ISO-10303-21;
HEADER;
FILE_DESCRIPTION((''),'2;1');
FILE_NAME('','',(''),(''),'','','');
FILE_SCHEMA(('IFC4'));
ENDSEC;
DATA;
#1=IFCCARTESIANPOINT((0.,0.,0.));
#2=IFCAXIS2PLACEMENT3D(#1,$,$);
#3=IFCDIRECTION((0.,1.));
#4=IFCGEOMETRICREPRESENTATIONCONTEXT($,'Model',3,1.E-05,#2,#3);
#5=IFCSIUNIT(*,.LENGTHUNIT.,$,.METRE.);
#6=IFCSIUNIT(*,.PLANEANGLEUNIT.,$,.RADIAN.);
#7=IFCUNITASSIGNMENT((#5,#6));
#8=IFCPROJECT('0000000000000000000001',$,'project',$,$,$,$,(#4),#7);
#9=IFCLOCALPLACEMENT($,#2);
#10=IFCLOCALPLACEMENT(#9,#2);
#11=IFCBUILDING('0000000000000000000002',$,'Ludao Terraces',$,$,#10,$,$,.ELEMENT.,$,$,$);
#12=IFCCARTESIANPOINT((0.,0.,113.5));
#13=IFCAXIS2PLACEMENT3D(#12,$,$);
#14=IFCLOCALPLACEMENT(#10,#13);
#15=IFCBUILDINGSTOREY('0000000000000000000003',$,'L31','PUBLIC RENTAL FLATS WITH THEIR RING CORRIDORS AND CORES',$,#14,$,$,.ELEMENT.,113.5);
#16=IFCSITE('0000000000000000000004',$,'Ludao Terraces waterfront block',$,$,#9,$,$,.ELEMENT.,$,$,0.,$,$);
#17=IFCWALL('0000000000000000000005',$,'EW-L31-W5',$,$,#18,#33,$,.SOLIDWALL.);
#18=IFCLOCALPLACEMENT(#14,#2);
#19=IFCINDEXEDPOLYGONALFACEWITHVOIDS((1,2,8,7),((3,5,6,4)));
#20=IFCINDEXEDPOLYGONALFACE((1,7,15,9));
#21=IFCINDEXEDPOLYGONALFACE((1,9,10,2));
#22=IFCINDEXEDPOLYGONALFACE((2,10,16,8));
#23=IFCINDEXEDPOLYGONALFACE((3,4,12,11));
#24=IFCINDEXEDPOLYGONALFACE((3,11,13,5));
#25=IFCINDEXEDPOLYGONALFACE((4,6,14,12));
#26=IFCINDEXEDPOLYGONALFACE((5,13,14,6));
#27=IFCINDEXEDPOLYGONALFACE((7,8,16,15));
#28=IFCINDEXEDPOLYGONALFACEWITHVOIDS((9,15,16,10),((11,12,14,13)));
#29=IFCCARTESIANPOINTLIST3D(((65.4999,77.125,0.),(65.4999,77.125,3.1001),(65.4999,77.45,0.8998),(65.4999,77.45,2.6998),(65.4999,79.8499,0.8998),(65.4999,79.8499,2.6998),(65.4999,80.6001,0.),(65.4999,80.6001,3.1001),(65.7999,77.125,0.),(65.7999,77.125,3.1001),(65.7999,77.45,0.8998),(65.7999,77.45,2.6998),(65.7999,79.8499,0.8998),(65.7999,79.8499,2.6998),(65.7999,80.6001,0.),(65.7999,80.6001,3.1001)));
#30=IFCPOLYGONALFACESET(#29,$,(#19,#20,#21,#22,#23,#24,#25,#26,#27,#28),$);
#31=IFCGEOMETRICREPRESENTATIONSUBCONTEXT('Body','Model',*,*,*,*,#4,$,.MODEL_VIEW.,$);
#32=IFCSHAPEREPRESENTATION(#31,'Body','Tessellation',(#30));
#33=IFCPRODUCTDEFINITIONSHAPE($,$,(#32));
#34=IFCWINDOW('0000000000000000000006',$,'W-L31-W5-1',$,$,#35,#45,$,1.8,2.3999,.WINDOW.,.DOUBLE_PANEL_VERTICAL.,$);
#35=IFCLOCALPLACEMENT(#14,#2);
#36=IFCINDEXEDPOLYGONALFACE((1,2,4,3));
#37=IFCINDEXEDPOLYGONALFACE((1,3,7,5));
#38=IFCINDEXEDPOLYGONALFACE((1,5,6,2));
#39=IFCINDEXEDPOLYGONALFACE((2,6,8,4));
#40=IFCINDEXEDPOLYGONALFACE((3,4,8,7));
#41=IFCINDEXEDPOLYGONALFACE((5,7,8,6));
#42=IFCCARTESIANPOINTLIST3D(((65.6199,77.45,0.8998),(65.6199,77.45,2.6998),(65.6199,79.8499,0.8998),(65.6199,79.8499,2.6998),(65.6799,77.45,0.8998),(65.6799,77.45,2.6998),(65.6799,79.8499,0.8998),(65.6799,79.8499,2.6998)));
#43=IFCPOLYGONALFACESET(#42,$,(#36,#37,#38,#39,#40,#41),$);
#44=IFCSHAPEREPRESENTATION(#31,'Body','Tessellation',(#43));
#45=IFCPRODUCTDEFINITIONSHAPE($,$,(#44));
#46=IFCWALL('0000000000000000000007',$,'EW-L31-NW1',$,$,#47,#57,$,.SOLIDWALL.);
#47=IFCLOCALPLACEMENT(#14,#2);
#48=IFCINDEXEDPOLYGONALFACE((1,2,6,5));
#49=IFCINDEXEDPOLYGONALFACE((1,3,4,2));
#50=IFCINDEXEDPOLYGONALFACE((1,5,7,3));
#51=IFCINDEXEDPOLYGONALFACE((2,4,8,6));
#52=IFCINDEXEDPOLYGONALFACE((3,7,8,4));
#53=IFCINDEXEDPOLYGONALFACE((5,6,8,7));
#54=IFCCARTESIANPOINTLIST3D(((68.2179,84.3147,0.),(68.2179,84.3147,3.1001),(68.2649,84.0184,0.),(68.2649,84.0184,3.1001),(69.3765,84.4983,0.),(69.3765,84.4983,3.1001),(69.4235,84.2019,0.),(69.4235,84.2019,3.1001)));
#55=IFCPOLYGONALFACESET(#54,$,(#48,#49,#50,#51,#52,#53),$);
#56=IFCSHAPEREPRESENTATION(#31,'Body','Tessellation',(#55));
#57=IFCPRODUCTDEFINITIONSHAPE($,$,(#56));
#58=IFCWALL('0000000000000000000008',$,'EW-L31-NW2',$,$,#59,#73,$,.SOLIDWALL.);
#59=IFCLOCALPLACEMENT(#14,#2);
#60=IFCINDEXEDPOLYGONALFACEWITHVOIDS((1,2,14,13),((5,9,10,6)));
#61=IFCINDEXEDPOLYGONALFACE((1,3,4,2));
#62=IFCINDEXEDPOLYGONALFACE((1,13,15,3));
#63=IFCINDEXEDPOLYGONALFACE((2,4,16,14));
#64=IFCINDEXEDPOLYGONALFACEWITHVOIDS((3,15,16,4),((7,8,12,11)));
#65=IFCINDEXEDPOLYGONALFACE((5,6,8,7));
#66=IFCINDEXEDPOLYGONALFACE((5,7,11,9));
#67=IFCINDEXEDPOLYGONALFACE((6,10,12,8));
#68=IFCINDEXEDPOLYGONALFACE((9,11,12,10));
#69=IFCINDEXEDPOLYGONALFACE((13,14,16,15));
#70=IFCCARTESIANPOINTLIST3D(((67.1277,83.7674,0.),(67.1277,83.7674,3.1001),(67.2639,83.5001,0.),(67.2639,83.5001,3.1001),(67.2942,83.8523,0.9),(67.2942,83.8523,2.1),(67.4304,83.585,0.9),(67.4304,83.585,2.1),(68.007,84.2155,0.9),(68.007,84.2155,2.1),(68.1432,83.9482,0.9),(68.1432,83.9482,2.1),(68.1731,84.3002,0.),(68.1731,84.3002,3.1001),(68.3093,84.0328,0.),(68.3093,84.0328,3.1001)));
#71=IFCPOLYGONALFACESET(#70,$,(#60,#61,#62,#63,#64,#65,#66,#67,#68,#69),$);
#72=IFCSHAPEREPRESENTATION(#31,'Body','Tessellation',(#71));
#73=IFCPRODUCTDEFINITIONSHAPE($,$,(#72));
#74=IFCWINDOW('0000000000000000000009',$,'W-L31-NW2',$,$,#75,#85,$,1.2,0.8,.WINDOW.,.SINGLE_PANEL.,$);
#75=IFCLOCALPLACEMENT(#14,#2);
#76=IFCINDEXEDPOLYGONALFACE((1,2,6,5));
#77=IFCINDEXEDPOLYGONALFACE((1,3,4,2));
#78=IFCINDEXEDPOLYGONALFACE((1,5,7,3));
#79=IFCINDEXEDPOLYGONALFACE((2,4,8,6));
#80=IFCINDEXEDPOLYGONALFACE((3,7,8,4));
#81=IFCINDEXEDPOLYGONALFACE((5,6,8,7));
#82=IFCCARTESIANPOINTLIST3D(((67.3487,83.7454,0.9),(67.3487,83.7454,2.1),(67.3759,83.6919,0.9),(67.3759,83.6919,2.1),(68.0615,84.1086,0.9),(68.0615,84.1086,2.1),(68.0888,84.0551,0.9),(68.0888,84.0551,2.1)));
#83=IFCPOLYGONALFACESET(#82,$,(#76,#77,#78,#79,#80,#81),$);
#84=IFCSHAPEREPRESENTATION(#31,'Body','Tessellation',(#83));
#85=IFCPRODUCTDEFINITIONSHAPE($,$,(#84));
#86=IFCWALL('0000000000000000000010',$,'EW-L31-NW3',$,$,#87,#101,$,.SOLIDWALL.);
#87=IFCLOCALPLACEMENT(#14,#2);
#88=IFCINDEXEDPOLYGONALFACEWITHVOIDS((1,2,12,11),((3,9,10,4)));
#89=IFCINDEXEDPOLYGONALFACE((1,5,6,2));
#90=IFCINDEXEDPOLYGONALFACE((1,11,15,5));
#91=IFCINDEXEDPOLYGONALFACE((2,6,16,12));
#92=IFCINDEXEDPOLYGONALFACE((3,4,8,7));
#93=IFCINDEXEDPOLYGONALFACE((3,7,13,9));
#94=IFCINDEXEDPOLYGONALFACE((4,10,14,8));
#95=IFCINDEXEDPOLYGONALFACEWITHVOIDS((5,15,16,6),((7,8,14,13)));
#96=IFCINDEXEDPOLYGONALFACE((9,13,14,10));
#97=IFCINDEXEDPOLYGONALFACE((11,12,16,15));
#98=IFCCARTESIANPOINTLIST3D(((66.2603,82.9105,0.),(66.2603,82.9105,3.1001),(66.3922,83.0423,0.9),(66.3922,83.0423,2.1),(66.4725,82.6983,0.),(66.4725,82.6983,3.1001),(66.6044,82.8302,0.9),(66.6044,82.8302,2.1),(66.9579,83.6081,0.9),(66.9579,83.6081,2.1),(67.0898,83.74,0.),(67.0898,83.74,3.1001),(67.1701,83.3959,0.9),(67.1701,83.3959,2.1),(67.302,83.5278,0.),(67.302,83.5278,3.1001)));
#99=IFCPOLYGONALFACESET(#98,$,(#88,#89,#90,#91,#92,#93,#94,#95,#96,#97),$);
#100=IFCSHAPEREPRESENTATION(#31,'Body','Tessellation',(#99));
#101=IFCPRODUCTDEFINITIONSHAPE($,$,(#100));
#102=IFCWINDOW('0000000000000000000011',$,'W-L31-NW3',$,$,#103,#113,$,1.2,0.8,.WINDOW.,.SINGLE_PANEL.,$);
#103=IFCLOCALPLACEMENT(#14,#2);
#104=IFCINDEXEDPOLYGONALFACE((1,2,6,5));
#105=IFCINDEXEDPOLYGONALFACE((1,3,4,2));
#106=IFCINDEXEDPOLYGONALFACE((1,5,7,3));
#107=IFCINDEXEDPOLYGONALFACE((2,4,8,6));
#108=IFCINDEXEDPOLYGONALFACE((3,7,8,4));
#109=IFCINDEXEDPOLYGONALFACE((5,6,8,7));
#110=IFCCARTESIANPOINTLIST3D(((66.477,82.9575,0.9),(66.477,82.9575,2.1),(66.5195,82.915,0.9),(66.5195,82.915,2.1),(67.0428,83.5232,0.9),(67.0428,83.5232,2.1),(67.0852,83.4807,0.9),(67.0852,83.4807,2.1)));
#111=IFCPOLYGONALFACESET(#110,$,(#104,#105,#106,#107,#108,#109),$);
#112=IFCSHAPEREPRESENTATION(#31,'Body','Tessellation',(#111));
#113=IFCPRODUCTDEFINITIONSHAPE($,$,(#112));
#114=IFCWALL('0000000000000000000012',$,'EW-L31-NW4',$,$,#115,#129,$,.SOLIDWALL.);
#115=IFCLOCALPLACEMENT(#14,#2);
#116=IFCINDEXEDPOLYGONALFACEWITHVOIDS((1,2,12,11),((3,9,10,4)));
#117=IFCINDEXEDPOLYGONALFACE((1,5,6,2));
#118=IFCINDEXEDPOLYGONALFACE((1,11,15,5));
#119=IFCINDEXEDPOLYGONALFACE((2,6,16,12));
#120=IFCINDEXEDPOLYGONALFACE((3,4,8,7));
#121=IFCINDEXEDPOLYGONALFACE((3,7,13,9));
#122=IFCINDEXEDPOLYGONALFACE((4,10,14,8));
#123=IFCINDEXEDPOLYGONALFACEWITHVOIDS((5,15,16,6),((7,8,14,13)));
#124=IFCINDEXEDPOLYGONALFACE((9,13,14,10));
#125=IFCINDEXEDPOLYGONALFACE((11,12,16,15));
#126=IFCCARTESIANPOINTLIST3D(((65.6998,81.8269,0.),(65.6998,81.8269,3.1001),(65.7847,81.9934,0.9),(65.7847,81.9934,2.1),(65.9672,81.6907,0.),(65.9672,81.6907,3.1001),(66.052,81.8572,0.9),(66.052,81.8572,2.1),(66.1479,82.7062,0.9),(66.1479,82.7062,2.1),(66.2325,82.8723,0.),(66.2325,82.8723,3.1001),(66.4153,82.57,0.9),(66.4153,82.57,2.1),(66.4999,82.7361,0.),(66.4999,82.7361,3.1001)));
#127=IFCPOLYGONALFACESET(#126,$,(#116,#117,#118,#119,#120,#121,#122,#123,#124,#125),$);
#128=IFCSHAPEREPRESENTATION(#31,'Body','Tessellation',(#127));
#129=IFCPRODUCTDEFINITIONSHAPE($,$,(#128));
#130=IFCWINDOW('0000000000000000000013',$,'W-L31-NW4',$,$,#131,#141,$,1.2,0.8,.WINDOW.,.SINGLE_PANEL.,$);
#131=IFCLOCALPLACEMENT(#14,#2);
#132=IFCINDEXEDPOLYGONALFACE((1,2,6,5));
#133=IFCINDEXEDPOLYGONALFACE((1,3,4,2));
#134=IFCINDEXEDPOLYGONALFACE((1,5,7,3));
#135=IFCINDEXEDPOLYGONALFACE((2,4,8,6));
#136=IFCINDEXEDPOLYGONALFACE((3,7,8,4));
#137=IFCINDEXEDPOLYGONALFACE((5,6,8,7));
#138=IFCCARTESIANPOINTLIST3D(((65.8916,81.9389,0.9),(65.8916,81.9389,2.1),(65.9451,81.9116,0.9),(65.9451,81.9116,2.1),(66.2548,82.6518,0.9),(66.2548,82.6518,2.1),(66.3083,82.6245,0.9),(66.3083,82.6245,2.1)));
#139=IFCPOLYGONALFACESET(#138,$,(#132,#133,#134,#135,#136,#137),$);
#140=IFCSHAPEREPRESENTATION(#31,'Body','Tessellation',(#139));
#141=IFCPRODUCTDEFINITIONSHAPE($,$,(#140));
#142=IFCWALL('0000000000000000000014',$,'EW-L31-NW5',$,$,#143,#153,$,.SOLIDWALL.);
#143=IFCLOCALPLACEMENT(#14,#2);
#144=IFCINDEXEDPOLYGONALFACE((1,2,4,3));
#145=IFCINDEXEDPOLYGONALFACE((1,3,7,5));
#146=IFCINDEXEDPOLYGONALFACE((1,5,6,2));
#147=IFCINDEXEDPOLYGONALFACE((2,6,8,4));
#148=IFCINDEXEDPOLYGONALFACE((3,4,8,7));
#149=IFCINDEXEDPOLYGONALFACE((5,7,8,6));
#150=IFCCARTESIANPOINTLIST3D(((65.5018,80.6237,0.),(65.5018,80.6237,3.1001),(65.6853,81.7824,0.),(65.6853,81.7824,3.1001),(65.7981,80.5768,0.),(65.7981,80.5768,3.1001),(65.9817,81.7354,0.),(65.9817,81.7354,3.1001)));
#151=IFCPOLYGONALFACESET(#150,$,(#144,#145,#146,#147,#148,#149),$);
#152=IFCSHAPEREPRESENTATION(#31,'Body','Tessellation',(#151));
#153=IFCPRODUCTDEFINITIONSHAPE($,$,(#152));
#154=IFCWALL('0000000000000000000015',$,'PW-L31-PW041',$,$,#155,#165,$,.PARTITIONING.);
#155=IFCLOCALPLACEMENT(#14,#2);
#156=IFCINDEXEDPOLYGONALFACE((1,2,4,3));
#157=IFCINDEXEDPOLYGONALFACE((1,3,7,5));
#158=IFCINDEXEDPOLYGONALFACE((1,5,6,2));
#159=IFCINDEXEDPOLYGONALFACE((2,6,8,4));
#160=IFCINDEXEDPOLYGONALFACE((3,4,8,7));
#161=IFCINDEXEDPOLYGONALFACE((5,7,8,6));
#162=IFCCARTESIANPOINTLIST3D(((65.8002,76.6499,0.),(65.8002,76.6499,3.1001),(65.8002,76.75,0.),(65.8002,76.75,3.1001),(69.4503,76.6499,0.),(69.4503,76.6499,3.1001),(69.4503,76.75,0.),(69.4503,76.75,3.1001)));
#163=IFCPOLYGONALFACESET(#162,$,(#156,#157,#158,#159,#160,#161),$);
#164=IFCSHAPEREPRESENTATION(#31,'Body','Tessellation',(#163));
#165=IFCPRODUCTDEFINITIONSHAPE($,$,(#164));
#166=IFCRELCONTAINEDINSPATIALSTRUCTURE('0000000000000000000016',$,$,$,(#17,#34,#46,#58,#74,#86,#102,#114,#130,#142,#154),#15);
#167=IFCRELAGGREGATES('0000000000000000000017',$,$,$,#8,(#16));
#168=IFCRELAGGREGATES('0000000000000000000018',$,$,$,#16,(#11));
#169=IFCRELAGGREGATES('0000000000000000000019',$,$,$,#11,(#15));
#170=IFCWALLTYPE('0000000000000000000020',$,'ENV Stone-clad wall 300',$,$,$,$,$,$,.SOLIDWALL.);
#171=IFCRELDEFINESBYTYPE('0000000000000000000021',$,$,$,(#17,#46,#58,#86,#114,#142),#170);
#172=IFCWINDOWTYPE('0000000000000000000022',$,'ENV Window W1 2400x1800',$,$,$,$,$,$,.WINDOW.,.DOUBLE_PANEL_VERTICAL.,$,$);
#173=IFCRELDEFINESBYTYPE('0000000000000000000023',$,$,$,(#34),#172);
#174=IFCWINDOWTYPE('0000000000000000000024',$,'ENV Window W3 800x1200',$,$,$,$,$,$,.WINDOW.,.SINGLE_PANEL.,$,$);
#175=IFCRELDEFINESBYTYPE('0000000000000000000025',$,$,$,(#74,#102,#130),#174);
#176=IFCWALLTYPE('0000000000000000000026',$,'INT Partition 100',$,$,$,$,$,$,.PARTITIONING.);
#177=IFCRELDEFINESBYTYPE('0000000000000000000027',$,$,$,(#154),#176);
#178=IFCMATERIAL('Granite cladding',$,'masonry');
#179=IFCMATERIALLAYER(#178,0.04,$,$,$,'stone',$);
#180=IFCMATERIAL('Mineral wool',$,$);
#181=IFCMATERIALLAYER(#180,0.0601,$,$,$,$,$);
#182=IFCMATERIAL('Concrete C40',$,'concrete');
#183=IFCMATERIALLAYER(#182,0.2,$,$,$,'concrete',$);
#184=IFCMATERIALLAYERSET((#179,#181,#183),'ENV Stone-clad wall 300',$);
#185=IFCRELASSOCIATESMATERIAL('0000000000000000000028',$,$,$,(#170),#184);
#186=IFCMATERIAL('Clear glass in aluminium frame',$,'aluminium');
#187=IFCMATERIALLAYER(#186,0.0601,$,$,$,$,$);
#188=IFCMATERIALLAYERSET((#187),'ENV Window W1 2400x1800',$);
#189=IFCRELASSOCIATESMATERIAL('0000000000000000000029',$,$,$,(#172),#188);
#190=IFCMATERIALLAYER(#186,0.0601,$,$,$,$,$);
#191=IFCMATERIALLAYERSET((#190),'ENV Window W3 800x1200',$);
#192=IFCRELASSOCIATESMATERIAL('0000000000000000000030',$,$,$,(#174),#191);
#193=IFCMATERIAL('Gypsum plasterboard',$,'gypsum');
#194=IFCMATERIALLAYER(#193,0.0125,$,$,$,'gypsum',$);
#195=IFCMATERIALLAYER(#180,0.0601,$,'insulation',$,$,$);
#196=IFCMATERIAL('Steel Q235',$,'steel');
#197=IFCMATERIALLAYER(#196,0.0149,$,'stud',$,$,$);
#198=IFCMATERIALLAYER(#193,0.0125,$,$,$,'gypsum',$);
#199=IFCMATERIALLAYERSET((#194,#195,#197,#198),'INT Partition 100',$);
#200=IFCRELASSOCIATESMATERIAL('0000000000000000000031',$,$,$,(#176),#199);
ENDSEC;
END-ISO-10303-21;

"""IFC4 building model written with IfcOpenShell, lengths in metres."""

from ifc_helpers import new_model, si_unit, direction, frame, frame_2d, origin, place, context, subcontext, project, spatial, rectangle, extrude, material, layer, layer_set, type_object, element, fill, save


model = new_model("IFC4")

# Units and contexts
model_context = context("Model", 3, precision=1e-05, world=origin(), true_north=direction((0.0, 1.0)))
body_context = subcontext(model_context, "Body", "Model", "MODEL_VIEW")
ifc_project = project(units=[si_unit("LENGTHUNIT", "METRE"), si_unit("PLANEANGLEUNIT", "RADIAN")], contexts=[model_context])

# Site, building, storey
site_placement = place(None, origin())
site = spatial("IfcSite", under=ifc_project, at=site_placement, Name="Ludao Terraces waterfront block", CompositionType="ELEMENT", RefElevation=0.0)
building_placement = place(site_placement, origin())
building = spatial("IfcBuilding", under=site, at=building_placement, Name="Ludao Terraces", CompositionType="ELEMENT")
storey_placement = place(building_placement, frame((0.0, 0.0, 113.5)))
storey = spatial("IfcBuildingStorey", under=building, at=storey_placement, Name="L31", Description="PUBLIC RENTAL FLATS WITH THEIR RING CORRIDORS AND CORES", CompositionType="ELEMENT", Elevation=113.5)

# Shared definitions
ifc_material_1 = material(Name="Concrete C40", Category="concrete")

# Shared definitions
ifc_material_2 = material(Name="Steel Q235", Category="steel")

# Shared definitions
ifc_material_3 = material(Name="Granite cladding", Category="masonry")
ifc_layer_1 = layer(ifc_material_3, 0.04, Category="stone")
ifc_material_4 = material(Name="Mineral wool")
ifc_layer_2 = layer(ifc_material_4, 0.0601)
ifc_layer_3 = layer(ifc_material_1, 0.2, Category="concrete")
ifc_layer_set_1 = layer_set([ifc_layer_1, ifc_layer_2, ifc_layer_3], Name="ENV Stone-clad wall 300")
wall_type_1 = type_object("IfcWallType", Name="ENV Stone-clad wall 300", PredefinedType="SOLIDWALL", material=ifc_layer_set_1)
ifc_material_5 = material(Name="Clear glass in aluminium frame", Category="aluminium")
ifc_layer_4 = layer(ifc_material_5, 0.0601)
ifc_layer_set_2 = layer_set([ifc_layer_4], Name="ENV Window W1 2400x1800")
window_type_1 = type_object("IfcWindowType", Name="ENV Window W1 2400x1800", PartitioningType="DOUBLE_PANEL_VERTICAL", PredefinedType="WINDOW", material=ifc_layer_set_2)

# Wall, opening, window
wall_1_placement = place(storey_placement, frame((65.6499, 77.125, 0.0), z_axis=(0.0, 0.0, 1.0), x_axis=(0.0, 1.0, 0.0)))
wall_1 = element("IfcWall", 1, at=wall_1_placement, inside=storey, type_object=wall_type_1, Name="EW-L31-W5", PredefinedType="SOLIDWALL", context=body_context, shape_type="SweptSolid", body=[
    extrude(rectangle(XDim=3.4751, YDim=0.3, at=frame_2d((1.7375, 0.0))), origin(), (0.0, 0.0, 1.0), 3.1001),
])
opening_1_placement = place(wall_1_placement, frame((0.325, 0.0, 0.8999)))
opening_1 = element("IfcOpeningElement", 2, at=opening_1_placement, cuts=wall_1, PredefinedType="OPENING", context=body_context, shape_type="SweptSolid", body=[
    extrude(rectangle(XDim=2.3999, YDim=1.8, at=frame_2d((1.2, 0.8999))), frame((0.0, 0.1602, 0.0), z_axis=(0.0, -1.0, 0.0), x_axis=(1.0, 0.0, 0.0)), (0.0, 0.0, 1.0), 0.3201),
])
window_1_placement = place(opening_1_placement, origin())
window_1 = element("IfcWindow", 3, at=window_1_placement, inside=storey, type_object=window_type_1, Name="W-L31-W5-1", OverallHeight=1.8, OverallWidth=2.3999, PartitioningType="DOUBLE_PANEL_VERTICAL", PredefinedType="WINDOW", context=body_context, shape_type="SweptSolid", body=[
    extrude(rectangle(XDim=2.3999, YDim=1.8, at=frame_2d((1.2, 0.8999))), frame((0.0, 0.03, 0.0), z_axis=(0.0, -1.0, 0.0), x_axis=(1.0, 0.0, 0.0)), (0.0, 0.0, 1.0), 0.0601),
])
fill(opening_1, window_1)

# Wall
wall_2_placement = place(storey_placement, frame((69.3999, 84.3501, 0.0), z_axis=(0.0, 0.0, 1.0), x_axis=(-0.987678, -0.156497, 0.0)))
element("IfcWall", 4, at=wall_2_placement, inside=storey, type_object=wall_type_1, Name="EW-L31-NW1", PredefinedType="SOLIDWALL", context=body_context, shape_type="SweptSolid", body=[
    extrude(rectangle(XDim=1.1731, YDim=0.3, at=frame_2d((0.5864, 0.0))), origin(), (0.0, 0.0, 1.0), 3.1001),
])

# Walls, openings, windows
wall_3_placement = place(storey_placement, frame((68.2412, 84.1665, 0.0), z_axis=(0.0, 0.0, 1.0), x_axis=(-0.890989, -0.454026, 0.0)))
wall_3 = element("IfcWall", 5, at=wall_3_placement, inside=storey, type_object=wall_type_1, Name="EW-L31-NW2", PredefinedType="SOLIDWALL", context=body_context, shape_type="SweptSolid", body=[
    extrude(rectangle(XDim=1.1733, YDim=0.3, at=frame_2d((0.5867, 0.0))), origin(), (0.0, 0.0, 1.0), 3.1001),
])
opening_2_placement = place(wall_3_placement, frame((0.1865, 0.0, 0.8999)))
opening_2 = element("IfcOpeningElement", 6, at=opening_2_placement, cuts=wall_3, PredefinedType="OPENING", context=body_context, shape_type="SweptSolid", body=[
    extrude(rectangle(XDim=0.8, YDim=1.2, at=frame_2d((0.3999, 0.6001))), frame((0.0, 0.1602, 0.0), z_axis=(0.0, -1.0, 0.0), x_axis=(1.0, 0.0, 0.0)), (0.0, 0.0, 1.0), 0.3201),
])
ifc_layer_5 = layer(ifc_material_5, 0.0601)
ifc_layer_set_3 = layer_set([ifc_layer_5], Name="ENV Window W3 800x1200")
window_type_2 = type_object("IfcWindowType", Name="ENV Window W3 800x1200", PartitioningType="SINGLE_PANEL", PredefinedType="WINDOW", material=ifc_layer_set_3)
window_2_placement = place(opening_2_placement, origin())
window_2 = element("IfcWindow", 7, at=window_2_placement, inside=storey, type_object=window_type_2, Name="W-L31-NW2", OverallHeight=1.2, OverallWidth=0.8, PartitioningType="SINGLE_PANEL", PredefinedType="WINDOW", context=body_context, shape_type="SweptSolid", body=[
    extrude(rectangle(XDim=0.8, YDim=1.2, at=frame_2d((0.3999, 0.6001))), frame((0.0, 0.03, 0.0), z_axis=(0.0, -1.0, 0.0), x_axis=(1.0, 0.0, 0.0)), (0.0, 0.0, 1.0), 0.0601),
])
fill(opening_2, window_2)
wall_4_placement = place(storey_placement, frame((67.1958, 83.6338, 0.0), z_axis=(0.0, 0.0, 1.0), x_axis=(-0.707107, -0.707107, 0.0)))
wall_4 = element("IfcWall", 8, at=wall_4_placement, inside=storey, type_object=wall_type_1, Name="EW-L31-NW3", PredefinedType="SOLIDWALL", context=body_context, shape_type="SweptSolid", body=[
    extrude(rectangle(XDim=1.1731, YDim=0.3, at=frame_2d((0.5864, 0.0))), origin(), (0.0, 0.0, 1.0), 3.1001),
])
opening_3_placement = place(wall_4_placement, frame((0.1865, 0.0, 0.8999)))
opening_3 = element("IfcOpeningElement", 9, at=opening_3_placement, cuts=wall_4, PredefinedType="OPENING", context=body_context, shape_type="SweptSolid", body=[
    extrude(rectangle(XDim=0.8, YDim=1.2, at=frame_2d((0.3999, 0.6001))), frame((0.0, 0.1602, 0.0), z_axis=(0.0, -1.0, 0.0), x_axis=(1.0, 0.0, 0.0)), (0.0, 0.0, 1.0), 0.3201),
])
window_3_placement = place(opening_3_placement, origin())
window_3 = element("IfcWindow", 10, at=window_3_placement, inside=storey, type_object=window_type_2, Name="W-L31-NW3", OverallHeight=1.2, OverallWidth=0.8, PartitioningType="SINGLE_PANEL", PredefinedType="WINDOW", context=body_context, shape_type="SweptSolid", body=[
    extrude(rectangle(XDim=0.8, YDim=1.2, at=frame_2d((0.3999, 0.6001))), frame((0.0, 0.03, 0.0), z_axis=(0.0, -1.0, 0.0), x_axis=(1.0, 0.0, 0.0)), (0.0, 0.0, 1.0), 0.0601),
])
fill(opening_3, window_3)
wall_5_placement = place(storey_placement, frame((66.3662, 82.8042, 0.0), z_axis=(0.0, 0.0, 1.0), x_axis=(-0.454026, -0.890989, 0.0)))
wall_5 = element("IfcWall", 11, at=wall_5_placement, inside=storey, type_object=wall_type_1, Name="EW-L31-NW4", PredefinedType="SOLIDWALL", context=body_context, shape_type="SweptSolid", body=[
    extrude(rectangle(XDim=1.1733, YDim=0.3, at=frame_2d((0.5867, 0.0))), origin(), (0.0, 0.0, 1.0), 3.1001),
])
opening_4_placement = place(wall_5_placement, frame((0.1865, 0.0, 0.8999)))
opening_4 = element("IfcOpeningElement", 12, at=opening_4_placement, cuts=wall_5, PredefinedType="OPENING", context=body_context, shape_type="SweptSolid", body=[
    extrude(rectangle(XDim=0.8, YDim=1.2, at=frame_2d((0.3999, 0.6001))), frame((0.0, 0.1602, 0.0), z_axis=(0.0, -1.0, 0.0), x_axis=(1.0, 0.0, 0.0)), (0.0, 0.0, 1.0), 0.3201),
])
window_4_placement = place(opening_4_placement, origin())
window_4 = element("IfcWindow", 13, at=window_4_placement, inside=storey, type_object=window_type_2, Name="W-L31-NW4", OverallHeight=1.2, OverallWidth=0.8, PartitioningType="SINGLE_PANEL", PredefinedType="WINDOW", context=body_context, shape_type="SweptSolid", body=[
    extrude(rectangle(XDim=0.8, YDim=1.2, at=frame_2d((0.3999, 0.6001))), frame((0.0, 0.03, 0.0), z_axis=(0.0, -1.0, 0.0), x_axis=(1.0, 0.0, 0.0)), (0.0, 0.0, 1.0), 0.0601),
])
fill(opening_4, window_4)

# Walls
wall_6_placement = place(storey_placement, frame((65.8335, 81.7588, 0.0), z_axis=(0.0, 0.0, 1.0), x_axis=(-0.156497, -0.987678, 0.0)))
element("IfcWall", 14, at=wall_6_placement, inside=storey, type_object=wall_type_1, Name="EW-L31-NW5", PredefinedType="SOLIDWALL", context=body_context, shape_type="SweptSolid", body=[
    extrude(rectangle(XDim=1.1731, YDim=0.3, at=frame_2d((0.5864, 0.0))), origin(), (0.0, 0.0, 1.0), 3.1001),
])
ifc_material_6 = material(Name="Gypsum plasterboard", Category="gypsum")
ifc_layer_6 = layer(ifc_material_6, 0.0125, Category="gypsum")
ifc_layer_7 = layer(ifc_material_4, 0.0601, Name="insulation")
ifc_layer_8 = layer(ifc_material_2, 0.0149, Name="stud")
ifc_layer_9 = layer(ifc_material_6, 0.0125, Category="gypsum")
ifc_layer_set_4 = layer_set([ifc_layer_6, ifc_layer_7, ifc_layer_8, ifc_layer_9], Name="INT Partition 100")
wall_type_2 = type_object("IfcWallType", Name="INT Partition 100", PredefinedType="PARTITIONING", material=ifc_layer_set_4)
wall_7_placement = place(storey_placement, frame((65.8, 76.7, 0.0), z_axis=(0.0, 0.0, 1.0), x_axis=(1.0, 0.0, 0.0)))
element("IfcWall", 15, at=wall_7_placement, inside=storey, type_object=wall_type_2, Name="PW-L31-PW041", PredefinedType="PARTITIONING", context=body_context, shape_type="SweptSolid", body=[
    extrude(rectangle(XDim=3.6501, YDim=0.1001, at=frame_2d((1.8252, 0.0))), origin(), (0.0, 0.0, 1.0), 3.1001),
])

save(model, "model.ifc")
